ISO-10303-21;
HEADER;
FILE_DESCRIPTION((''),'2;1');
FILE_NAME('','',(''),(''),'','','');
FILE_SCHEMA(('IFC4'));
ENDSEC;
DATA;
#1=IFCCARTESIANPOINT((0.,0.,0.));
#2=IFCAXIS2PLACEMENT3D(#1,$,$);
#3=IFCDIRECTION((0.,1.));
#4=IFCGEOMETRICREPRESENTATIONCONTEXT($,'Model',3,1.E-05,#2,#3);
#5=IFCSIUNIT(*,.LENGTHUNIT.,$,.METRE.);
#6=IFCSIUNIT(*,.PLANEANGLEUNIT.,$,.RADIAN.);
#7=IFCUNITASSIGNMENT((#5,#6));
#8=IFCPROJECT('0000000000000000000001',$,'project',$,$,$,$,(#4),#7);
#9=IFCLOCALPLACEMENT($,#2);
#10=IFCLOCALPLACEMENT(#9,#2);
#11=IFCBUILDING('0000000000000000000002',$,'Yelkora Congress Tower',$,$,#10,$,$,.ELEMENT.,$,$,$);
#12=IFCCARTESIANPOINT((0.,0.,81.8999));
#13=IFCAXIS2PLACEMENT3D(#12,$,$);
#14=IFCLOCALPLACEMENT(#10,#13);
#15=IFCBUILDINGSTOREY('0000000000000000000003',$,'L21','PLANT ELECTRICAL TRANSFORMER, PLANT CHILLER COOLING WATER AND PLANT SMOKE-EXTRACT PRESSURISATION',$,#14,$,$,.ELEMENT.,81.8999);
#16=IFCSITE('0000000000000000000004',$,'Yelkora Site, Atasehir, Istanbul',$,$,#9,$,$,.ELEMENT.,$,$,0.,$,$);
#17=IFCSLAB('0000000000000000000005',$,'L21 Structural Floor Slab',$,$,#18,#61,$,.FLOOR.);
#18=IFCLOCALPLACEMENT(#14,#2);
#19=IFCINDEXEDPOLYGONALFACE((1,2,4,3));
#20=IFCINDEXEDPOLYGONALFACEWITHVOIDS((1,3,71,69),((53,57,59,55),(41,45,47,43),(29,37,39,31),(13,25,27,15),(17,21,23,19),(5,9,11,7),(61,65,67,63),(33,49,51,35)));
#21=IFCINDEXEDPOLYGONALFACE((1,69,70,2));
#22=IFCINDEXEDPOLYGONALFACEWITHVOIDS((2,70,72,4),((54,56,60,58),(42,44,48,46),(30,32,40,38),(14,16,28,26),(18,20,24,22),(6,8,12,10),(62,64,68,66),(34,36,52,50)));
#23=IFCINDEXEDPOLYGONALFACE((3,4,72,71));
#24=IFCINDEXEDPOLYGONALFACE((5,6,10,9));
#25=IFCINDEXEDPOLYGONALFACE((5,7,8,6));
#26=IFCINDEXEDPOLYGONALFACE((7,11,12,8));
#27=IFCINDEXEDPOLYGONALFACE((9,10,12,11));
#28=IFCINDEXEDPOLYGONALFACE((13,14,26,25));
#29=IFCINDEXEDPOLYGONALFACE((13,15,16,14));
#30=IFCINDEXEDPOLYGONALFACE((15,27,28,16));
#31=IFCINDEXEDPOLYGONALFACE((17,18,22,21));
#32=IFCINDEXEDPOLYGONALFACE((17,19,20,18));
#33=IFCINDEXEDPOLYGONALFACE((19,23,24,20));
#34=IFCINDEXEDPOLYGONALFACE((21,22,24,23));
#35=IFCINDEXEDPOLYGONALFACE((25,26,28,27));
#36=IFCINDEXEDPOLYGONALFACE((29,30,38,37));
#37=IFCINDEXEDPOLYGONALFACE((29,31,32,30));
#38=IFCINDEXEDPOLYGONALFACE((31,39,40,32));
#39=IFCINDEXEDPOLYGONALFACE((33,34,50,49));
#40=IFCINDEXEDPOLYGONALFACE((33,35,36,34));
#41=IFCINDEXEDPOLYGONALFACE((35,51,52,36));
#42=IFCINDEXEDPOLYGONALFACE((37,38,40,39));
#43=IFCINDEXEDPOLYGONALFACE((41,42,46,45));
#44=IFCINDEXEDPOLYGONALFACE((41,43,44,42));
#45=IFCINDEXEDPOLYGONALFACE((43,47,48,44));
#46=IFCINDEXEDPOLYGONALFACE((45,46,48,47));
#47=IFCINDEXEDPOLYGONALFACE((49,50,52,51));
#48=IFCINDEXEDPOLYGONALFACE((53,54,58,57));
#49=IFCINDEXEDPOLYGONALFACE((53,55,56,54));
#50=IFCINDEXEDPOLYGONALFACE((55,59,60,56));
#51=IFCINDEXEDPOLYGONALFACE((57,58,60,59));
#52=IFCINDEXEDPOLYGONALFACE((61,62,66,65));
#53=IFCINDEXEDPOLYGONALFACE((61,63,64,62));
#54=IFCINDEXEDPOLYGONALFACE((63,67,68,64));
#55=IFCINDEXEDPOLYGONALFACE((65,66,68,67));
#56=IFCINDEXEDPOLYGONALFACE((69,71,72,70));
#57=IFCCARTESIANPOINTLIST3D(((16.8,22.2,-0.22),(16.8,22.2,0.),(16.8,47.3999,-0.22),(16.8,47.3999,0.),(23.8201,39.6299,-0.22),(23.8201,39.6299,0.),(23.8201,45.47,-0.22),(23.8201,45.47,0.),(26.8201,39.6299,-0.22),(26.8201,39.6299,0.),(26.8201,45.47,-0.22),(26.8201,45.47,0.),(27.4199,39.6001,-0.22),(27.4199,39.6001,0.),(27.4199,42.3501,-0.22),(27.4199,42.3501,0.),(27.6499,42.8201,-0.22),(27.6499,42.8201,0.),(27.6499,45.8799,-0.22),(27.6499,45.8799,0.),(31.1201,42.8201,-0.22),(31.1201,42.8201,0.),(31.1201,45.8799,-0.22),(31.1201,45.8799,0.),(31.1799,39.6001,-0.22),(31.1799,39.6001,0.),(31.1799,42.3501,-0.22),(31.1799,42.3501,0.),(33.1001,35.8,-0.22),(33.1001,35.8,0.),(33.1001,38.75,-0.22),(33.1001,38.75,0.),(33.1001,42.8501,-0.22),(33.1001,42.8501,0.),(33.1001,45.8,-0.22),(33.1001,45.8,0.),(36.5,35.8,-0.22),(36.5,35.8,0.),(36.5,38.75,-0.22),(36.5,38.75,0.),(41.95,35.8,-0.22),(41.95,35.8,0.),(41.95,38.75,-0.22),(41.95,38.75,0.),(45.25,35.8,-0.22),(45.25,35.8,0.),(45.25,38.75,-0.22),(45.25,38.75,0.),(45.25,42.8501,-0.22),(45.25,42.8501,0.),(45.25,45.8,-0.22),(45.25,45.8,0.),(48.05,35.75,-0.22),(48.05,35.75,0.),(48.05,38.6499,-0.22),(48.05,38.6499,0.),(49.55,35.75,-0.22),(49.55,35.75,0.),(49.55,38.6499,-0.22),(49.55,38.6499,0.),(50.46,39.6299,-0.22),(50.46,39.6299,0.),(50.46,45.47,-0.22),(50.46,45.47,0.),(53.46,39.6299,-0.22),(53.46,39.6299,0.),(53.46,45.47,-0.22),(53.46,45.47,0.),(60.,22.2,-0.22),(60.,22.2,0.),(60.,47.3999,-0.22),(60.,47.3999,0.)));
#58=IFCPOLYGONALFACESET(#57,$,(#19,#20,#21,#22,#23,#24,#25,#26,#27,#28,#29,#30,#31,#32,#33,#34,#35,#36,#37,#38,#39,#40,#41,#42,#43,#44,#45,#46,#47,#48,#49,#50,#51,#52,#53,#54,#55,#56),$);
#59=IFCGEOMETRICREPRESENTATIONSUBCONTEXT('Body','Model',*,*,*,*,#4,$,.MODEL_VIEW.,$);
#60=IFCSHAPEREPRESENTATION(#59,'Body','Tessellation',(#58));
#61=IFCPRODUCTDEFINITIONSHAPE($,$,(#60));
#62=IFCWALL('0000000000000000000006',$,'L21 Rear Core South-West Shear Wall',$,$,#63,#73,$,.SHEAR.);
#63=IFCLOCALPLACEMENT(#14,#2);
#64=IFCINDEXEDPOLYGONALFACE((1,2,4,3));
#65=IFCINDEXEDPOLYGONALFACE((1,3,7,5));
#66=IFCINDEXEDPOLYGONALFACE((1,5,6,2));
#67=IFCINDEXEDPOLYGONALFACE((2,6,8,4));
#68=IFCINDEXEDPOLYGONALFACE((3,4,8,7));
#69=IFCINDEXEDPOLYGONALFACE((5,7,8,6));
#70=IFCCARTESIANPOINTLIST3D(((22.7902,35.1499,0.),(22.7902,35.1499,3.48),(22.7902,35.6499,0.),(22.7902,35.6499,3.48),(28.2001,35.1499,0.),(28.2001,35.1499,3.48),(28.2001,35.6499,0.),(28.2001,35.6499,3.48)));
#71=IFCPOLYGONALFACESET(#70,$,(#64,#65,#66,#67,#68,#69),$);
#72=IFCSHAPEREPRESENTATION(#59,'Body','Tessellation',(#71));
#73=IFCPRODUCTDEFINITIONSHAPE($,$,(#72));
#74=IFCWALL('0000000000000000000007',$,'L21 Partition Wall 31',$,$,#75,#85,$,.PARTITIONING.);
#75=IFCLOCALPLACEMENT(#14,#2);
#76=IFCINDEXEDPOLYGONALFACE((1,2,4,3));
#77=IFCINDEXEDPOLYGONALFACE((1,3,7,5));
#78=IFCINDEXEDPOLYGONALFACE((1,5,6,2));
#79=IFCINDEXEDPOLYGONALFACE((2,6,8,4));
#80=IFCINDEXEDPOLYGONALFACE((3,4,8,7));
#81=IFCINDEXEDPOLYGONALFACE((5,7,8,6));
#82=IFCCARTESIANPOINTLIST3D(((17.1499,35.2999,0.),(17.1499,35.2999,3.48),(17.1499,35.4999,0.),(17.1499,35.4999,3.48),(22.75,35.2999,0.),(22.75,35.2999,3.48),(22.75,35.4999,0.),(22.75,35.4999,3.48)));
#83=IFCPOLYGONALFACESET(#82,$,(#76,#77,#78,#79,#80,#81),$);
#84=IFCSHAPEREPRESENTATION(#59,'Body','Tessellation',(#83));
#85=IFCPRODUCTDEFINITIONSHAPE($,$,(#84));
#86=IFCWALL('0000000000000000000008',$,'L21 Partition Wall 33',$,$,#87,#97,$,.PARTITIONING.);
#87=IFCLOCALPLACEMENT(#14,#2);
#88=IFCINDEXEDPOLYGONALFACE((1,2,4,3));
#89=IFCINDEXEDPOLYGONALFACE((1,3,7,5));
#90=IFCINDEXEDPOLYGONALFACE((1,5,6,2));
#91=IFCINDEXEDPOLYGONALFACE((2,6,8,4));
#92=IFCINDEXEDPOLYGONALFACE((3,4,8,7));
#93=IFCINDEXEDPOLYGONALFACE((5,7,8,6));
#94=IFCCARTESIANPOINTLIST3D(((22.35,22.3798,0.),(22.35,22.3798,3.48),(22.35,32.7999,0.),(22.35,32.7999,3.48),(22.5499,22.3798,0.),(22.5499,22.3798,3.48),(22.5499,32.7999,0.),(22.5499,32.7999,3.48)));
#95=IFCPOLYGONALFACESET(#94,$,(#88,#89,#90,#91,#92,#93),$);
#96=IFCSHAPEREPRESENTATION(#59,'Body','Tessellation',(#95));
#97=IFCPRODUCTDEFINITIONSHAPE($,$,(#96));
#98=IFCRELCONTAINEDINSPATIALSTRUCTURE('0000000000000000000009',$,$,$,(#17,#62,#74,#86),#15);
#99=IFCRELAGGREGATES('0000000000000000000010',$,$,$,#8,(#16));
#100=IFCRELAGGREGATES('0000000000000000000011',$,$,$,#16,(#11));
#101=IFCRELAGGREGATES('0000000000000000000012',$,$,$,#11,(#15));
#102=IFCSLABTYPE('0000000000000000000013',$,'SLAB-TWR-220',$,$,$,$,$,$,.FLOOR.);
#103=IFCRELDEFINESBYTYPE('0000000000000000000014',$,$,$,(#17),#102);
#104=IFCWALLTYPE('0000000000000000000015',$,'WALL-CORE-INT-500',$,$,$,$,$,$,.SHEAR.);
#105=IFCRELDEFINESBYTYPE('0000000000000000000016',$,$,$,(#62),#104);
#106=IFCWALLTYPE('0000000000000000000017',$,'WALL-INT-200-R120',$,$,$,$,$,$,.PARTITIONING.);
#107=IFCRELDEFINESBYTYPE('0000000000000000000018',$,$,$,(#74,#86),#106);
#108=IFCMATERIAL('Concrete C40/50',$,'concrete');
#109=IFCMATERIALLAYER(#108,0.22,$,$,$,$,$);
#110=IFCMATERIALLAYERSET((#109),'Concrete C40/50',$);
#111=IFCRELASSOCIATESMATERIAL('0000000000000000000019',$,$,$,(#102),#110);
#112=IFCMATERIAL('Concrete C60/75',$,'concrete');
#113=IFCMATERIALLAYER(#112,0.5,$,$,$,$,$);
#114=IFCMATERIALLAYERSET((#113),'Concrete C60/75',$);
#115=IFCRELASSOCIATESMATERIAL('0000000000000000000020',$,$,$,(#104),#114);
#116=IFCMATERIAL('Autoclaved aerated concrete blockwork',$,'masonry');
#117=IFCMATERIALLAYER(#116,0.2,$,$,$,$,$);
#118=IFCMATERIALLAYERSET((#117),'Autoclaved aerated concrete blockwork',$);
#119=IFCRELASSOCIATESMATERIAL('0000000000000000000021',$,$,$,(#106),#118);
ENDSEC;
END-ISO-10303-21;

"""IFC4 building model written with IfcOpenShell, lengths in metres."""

from ifc_helpers import new_model, si_unit, direction, frame, frame_2d, origin, place, context, subcontext, project, spatial, polyline, rectangle, outline, extrude, material, layer, layer_set, type_object, element, save


model = new_model("IFC4")

# Units and contexts
model_context = context("Model", 3, precision=1e-05, world=origin(), true_north=direction((0.0, 1.0)))
body_context = subcontext(model_context, "Body", "Model", "MODEL_VIEW")
ifc_project = project(units=[si_unit("LENGTHUNIT", "METRE"), si_unit("PLANEANGLEUNIT", "RADIAN")], contexts=[model_context])

# Site, building, storey
site_placement = place(None, origin())
site = spatial("IfcSite", under=ifc_project, at=site_placement, Name="Yelkora Site, Atasehir, Istanbul", CompositionType="ELEMENT", RefElevation=0.0)
building_placement = place(site_placement, origin())
building = spatial("IfcBuilding", under=site, at=building_placement, Name="Yelkora Congress Tower", CompositionType="ELEMENT")
storey_placement = place(building_placement, frame((0.0, 0.0, 81.8999)))
storey = spatial("IfcBuildingStorey", under=building, at=storey_placement, Name="L21", Description="PLANT ELECTRICAL TRANSFORMER, PLANT CHILLER COOLING WATER AND PLANT SMOKE-EXTRACT PRESSURISATION", CompositionType="ELEMENT", Elevation=81.8999)

# Shared definitions
ifc_material_1 = material(Name="Concrete C60/75", Category="concrete")

# Shared definitions
ifc_material_2 = material(Name="Concrete C40/50", Category="concrete")

# Slab
ifc_layer_1 = layer(ifc_material_2, 0.22)
ifc_layer_set_1 = layer_set([ifc_layer_1], Name="Concrete C40/50")
slab_type_1 = type_object("IfcSlabType", Name="SLAB-TWR-220", PredefinedType="FLOOR", material=ifc_layer_set_1)
slab_1_placement = place(storey_placement, frame((0.0, 0.0, -0.22)))
element("IfcSlab", 1, at=slab_1_placement, inside=storey, type_object=slab_type_1, Name="L21 Structural Floor Slab", PredefinedType="FLOOR", context=body_context, shape_type="SweptSolid", body=[
    extrude(outline(polyline([(16.8, 22.2), (60.0, 22.2), (60.0, 47.3999), (16.8, 47.3999), (16.8, 22.2)]), holes=[polyline([(23.8201, 39.6299), (26.8201, 39.6299), (26.8201, 45.47), (23.8201, 45.47), (23.8201, 39.6299)]), polyline([(50.46, 39.6299), (53.46, 39.6299), (53.46, 45.47), (50.46, 45.47), (50.46, 39.6299)]), polyline([(48.05, 35.75), (49.55, 35.75), (49.55, 38.6499), (48.05, 38.6499), (48.05, 35.75)]), polyline([(41.95, 35.8), (45.25, 35.8), (45.25, 38.75), (41.95, 38.75), (41.95, 35.8)]), polyline([(33.1001, 42.8501), (45.25, 42.8501), (45.25, 45.8), (33.1001, 45.8), (33.1001, 42.8501)]), polyline([(33.1001, 35.8), (36.5, 35.8), (36.5, 38.75), (33.1001, 38.75), (33.1001, 35.8)]), polyline([(27.4199, 39.6001), (31.1799, 39.6001), (31.1799, 42.3501), (27.4199, 42.3501), (27.4199, 39.6001)]), polyline([(27.6499, 42.8201), (31.1201, 42.8201), (31.1201, 45.8799), (27.6499, 45.8799), (27.6499, 42.8201)])]), origin(), (0.0, 0.0, 1.0), 0.22),
])

# Walls
ifc_layer_2 = layer(ifc_material_1, 0.5)
ifc_layer_set_2 = layer_set([ifc_layer_2], Name="Concrete C60/75")
wall_type_1 = type_object("IfcWallType", Name="WALL-CORE-INT-500", PredefinedType="SHEAR", material=ifc_layer_set_2)
wall_1_placement = place(storey_placement, frame((22.79, 35.3999, 0.0), z_axis=(0.0, 0.0, 1.0), x_axis=(1.0, 0.0, 0.0)))
element("IfcWall", 2, at=wall_1_placement, inside=storey, type_object=wall_type_1, Name="L21 Rear Core South-West Shear Wall", PredefinedType="SHEAR", context=body_context, shape_type="SweptSolid", body=[
    extrude(rectangle(XDim=5.4099, YDim=0.5, at=frame_2d((2.7051, 0.0))), origin(), (0.0, 0.0, 1.0), 3.48),
])
ifc_material_3 = material(Name="Autoclaved aerated concrete blockwork", Category="masonry")
ifc_layer_3 = layer(ifc_material_3, 0.2)
ifc_layer_set_3 = layer_set([ifc_layer_3], Name="Autoclaved aerated concrete blockwork")
wall_type_2 = type_object("IfcWallType", Name="WALL-INT-200-R120", PredefinedType="PARTITIONING", material=ifc_layer_set_3)
wall_2_placement = place(storey_placement, frame((17.1499, 35.3999, 0.0), z_axis=(0.0, 0.0, 1.0), x_axis=(1.0, 0.0, 0.0)))
element("IfcWall", 3, at=wall_2_placement, inside=storey, type_object=wall_type_2, Name="L21 Partition Wall 31", PredefinedType="PARTITIONING", context=body_context, shape_type="SweptSolid", body=[
    extrude(rectangle(XDim=5.6001, YDim=0.2, at=frame_2d((2.8, 0.0))), origin(), (0.0, 0.0, 1.0), 3.48),
])
wall_3_placement = place(storey_placement, frame((22.45, 22.3799, 0.0), z_axis=(0.0, 0.0, 1.0), x_axis=(0.0, 1.0, 0.0)))
element("IfcWall", 4, at=wall_3_placement, inside=storey, type_object=wall_type_2, Name="L21 Partition Wall 33", PredefinedType="PARTITIONING", context=body_context, shape_type="SweptSolid", body=[
    extrude(rectangle(XDim=10.4202, YDim=0.2, at=frame_2d((5.21, 0.0))), origin(), (0.0, 0.0, 1.0), 3.48),
])

save(model, "model.ifc")
